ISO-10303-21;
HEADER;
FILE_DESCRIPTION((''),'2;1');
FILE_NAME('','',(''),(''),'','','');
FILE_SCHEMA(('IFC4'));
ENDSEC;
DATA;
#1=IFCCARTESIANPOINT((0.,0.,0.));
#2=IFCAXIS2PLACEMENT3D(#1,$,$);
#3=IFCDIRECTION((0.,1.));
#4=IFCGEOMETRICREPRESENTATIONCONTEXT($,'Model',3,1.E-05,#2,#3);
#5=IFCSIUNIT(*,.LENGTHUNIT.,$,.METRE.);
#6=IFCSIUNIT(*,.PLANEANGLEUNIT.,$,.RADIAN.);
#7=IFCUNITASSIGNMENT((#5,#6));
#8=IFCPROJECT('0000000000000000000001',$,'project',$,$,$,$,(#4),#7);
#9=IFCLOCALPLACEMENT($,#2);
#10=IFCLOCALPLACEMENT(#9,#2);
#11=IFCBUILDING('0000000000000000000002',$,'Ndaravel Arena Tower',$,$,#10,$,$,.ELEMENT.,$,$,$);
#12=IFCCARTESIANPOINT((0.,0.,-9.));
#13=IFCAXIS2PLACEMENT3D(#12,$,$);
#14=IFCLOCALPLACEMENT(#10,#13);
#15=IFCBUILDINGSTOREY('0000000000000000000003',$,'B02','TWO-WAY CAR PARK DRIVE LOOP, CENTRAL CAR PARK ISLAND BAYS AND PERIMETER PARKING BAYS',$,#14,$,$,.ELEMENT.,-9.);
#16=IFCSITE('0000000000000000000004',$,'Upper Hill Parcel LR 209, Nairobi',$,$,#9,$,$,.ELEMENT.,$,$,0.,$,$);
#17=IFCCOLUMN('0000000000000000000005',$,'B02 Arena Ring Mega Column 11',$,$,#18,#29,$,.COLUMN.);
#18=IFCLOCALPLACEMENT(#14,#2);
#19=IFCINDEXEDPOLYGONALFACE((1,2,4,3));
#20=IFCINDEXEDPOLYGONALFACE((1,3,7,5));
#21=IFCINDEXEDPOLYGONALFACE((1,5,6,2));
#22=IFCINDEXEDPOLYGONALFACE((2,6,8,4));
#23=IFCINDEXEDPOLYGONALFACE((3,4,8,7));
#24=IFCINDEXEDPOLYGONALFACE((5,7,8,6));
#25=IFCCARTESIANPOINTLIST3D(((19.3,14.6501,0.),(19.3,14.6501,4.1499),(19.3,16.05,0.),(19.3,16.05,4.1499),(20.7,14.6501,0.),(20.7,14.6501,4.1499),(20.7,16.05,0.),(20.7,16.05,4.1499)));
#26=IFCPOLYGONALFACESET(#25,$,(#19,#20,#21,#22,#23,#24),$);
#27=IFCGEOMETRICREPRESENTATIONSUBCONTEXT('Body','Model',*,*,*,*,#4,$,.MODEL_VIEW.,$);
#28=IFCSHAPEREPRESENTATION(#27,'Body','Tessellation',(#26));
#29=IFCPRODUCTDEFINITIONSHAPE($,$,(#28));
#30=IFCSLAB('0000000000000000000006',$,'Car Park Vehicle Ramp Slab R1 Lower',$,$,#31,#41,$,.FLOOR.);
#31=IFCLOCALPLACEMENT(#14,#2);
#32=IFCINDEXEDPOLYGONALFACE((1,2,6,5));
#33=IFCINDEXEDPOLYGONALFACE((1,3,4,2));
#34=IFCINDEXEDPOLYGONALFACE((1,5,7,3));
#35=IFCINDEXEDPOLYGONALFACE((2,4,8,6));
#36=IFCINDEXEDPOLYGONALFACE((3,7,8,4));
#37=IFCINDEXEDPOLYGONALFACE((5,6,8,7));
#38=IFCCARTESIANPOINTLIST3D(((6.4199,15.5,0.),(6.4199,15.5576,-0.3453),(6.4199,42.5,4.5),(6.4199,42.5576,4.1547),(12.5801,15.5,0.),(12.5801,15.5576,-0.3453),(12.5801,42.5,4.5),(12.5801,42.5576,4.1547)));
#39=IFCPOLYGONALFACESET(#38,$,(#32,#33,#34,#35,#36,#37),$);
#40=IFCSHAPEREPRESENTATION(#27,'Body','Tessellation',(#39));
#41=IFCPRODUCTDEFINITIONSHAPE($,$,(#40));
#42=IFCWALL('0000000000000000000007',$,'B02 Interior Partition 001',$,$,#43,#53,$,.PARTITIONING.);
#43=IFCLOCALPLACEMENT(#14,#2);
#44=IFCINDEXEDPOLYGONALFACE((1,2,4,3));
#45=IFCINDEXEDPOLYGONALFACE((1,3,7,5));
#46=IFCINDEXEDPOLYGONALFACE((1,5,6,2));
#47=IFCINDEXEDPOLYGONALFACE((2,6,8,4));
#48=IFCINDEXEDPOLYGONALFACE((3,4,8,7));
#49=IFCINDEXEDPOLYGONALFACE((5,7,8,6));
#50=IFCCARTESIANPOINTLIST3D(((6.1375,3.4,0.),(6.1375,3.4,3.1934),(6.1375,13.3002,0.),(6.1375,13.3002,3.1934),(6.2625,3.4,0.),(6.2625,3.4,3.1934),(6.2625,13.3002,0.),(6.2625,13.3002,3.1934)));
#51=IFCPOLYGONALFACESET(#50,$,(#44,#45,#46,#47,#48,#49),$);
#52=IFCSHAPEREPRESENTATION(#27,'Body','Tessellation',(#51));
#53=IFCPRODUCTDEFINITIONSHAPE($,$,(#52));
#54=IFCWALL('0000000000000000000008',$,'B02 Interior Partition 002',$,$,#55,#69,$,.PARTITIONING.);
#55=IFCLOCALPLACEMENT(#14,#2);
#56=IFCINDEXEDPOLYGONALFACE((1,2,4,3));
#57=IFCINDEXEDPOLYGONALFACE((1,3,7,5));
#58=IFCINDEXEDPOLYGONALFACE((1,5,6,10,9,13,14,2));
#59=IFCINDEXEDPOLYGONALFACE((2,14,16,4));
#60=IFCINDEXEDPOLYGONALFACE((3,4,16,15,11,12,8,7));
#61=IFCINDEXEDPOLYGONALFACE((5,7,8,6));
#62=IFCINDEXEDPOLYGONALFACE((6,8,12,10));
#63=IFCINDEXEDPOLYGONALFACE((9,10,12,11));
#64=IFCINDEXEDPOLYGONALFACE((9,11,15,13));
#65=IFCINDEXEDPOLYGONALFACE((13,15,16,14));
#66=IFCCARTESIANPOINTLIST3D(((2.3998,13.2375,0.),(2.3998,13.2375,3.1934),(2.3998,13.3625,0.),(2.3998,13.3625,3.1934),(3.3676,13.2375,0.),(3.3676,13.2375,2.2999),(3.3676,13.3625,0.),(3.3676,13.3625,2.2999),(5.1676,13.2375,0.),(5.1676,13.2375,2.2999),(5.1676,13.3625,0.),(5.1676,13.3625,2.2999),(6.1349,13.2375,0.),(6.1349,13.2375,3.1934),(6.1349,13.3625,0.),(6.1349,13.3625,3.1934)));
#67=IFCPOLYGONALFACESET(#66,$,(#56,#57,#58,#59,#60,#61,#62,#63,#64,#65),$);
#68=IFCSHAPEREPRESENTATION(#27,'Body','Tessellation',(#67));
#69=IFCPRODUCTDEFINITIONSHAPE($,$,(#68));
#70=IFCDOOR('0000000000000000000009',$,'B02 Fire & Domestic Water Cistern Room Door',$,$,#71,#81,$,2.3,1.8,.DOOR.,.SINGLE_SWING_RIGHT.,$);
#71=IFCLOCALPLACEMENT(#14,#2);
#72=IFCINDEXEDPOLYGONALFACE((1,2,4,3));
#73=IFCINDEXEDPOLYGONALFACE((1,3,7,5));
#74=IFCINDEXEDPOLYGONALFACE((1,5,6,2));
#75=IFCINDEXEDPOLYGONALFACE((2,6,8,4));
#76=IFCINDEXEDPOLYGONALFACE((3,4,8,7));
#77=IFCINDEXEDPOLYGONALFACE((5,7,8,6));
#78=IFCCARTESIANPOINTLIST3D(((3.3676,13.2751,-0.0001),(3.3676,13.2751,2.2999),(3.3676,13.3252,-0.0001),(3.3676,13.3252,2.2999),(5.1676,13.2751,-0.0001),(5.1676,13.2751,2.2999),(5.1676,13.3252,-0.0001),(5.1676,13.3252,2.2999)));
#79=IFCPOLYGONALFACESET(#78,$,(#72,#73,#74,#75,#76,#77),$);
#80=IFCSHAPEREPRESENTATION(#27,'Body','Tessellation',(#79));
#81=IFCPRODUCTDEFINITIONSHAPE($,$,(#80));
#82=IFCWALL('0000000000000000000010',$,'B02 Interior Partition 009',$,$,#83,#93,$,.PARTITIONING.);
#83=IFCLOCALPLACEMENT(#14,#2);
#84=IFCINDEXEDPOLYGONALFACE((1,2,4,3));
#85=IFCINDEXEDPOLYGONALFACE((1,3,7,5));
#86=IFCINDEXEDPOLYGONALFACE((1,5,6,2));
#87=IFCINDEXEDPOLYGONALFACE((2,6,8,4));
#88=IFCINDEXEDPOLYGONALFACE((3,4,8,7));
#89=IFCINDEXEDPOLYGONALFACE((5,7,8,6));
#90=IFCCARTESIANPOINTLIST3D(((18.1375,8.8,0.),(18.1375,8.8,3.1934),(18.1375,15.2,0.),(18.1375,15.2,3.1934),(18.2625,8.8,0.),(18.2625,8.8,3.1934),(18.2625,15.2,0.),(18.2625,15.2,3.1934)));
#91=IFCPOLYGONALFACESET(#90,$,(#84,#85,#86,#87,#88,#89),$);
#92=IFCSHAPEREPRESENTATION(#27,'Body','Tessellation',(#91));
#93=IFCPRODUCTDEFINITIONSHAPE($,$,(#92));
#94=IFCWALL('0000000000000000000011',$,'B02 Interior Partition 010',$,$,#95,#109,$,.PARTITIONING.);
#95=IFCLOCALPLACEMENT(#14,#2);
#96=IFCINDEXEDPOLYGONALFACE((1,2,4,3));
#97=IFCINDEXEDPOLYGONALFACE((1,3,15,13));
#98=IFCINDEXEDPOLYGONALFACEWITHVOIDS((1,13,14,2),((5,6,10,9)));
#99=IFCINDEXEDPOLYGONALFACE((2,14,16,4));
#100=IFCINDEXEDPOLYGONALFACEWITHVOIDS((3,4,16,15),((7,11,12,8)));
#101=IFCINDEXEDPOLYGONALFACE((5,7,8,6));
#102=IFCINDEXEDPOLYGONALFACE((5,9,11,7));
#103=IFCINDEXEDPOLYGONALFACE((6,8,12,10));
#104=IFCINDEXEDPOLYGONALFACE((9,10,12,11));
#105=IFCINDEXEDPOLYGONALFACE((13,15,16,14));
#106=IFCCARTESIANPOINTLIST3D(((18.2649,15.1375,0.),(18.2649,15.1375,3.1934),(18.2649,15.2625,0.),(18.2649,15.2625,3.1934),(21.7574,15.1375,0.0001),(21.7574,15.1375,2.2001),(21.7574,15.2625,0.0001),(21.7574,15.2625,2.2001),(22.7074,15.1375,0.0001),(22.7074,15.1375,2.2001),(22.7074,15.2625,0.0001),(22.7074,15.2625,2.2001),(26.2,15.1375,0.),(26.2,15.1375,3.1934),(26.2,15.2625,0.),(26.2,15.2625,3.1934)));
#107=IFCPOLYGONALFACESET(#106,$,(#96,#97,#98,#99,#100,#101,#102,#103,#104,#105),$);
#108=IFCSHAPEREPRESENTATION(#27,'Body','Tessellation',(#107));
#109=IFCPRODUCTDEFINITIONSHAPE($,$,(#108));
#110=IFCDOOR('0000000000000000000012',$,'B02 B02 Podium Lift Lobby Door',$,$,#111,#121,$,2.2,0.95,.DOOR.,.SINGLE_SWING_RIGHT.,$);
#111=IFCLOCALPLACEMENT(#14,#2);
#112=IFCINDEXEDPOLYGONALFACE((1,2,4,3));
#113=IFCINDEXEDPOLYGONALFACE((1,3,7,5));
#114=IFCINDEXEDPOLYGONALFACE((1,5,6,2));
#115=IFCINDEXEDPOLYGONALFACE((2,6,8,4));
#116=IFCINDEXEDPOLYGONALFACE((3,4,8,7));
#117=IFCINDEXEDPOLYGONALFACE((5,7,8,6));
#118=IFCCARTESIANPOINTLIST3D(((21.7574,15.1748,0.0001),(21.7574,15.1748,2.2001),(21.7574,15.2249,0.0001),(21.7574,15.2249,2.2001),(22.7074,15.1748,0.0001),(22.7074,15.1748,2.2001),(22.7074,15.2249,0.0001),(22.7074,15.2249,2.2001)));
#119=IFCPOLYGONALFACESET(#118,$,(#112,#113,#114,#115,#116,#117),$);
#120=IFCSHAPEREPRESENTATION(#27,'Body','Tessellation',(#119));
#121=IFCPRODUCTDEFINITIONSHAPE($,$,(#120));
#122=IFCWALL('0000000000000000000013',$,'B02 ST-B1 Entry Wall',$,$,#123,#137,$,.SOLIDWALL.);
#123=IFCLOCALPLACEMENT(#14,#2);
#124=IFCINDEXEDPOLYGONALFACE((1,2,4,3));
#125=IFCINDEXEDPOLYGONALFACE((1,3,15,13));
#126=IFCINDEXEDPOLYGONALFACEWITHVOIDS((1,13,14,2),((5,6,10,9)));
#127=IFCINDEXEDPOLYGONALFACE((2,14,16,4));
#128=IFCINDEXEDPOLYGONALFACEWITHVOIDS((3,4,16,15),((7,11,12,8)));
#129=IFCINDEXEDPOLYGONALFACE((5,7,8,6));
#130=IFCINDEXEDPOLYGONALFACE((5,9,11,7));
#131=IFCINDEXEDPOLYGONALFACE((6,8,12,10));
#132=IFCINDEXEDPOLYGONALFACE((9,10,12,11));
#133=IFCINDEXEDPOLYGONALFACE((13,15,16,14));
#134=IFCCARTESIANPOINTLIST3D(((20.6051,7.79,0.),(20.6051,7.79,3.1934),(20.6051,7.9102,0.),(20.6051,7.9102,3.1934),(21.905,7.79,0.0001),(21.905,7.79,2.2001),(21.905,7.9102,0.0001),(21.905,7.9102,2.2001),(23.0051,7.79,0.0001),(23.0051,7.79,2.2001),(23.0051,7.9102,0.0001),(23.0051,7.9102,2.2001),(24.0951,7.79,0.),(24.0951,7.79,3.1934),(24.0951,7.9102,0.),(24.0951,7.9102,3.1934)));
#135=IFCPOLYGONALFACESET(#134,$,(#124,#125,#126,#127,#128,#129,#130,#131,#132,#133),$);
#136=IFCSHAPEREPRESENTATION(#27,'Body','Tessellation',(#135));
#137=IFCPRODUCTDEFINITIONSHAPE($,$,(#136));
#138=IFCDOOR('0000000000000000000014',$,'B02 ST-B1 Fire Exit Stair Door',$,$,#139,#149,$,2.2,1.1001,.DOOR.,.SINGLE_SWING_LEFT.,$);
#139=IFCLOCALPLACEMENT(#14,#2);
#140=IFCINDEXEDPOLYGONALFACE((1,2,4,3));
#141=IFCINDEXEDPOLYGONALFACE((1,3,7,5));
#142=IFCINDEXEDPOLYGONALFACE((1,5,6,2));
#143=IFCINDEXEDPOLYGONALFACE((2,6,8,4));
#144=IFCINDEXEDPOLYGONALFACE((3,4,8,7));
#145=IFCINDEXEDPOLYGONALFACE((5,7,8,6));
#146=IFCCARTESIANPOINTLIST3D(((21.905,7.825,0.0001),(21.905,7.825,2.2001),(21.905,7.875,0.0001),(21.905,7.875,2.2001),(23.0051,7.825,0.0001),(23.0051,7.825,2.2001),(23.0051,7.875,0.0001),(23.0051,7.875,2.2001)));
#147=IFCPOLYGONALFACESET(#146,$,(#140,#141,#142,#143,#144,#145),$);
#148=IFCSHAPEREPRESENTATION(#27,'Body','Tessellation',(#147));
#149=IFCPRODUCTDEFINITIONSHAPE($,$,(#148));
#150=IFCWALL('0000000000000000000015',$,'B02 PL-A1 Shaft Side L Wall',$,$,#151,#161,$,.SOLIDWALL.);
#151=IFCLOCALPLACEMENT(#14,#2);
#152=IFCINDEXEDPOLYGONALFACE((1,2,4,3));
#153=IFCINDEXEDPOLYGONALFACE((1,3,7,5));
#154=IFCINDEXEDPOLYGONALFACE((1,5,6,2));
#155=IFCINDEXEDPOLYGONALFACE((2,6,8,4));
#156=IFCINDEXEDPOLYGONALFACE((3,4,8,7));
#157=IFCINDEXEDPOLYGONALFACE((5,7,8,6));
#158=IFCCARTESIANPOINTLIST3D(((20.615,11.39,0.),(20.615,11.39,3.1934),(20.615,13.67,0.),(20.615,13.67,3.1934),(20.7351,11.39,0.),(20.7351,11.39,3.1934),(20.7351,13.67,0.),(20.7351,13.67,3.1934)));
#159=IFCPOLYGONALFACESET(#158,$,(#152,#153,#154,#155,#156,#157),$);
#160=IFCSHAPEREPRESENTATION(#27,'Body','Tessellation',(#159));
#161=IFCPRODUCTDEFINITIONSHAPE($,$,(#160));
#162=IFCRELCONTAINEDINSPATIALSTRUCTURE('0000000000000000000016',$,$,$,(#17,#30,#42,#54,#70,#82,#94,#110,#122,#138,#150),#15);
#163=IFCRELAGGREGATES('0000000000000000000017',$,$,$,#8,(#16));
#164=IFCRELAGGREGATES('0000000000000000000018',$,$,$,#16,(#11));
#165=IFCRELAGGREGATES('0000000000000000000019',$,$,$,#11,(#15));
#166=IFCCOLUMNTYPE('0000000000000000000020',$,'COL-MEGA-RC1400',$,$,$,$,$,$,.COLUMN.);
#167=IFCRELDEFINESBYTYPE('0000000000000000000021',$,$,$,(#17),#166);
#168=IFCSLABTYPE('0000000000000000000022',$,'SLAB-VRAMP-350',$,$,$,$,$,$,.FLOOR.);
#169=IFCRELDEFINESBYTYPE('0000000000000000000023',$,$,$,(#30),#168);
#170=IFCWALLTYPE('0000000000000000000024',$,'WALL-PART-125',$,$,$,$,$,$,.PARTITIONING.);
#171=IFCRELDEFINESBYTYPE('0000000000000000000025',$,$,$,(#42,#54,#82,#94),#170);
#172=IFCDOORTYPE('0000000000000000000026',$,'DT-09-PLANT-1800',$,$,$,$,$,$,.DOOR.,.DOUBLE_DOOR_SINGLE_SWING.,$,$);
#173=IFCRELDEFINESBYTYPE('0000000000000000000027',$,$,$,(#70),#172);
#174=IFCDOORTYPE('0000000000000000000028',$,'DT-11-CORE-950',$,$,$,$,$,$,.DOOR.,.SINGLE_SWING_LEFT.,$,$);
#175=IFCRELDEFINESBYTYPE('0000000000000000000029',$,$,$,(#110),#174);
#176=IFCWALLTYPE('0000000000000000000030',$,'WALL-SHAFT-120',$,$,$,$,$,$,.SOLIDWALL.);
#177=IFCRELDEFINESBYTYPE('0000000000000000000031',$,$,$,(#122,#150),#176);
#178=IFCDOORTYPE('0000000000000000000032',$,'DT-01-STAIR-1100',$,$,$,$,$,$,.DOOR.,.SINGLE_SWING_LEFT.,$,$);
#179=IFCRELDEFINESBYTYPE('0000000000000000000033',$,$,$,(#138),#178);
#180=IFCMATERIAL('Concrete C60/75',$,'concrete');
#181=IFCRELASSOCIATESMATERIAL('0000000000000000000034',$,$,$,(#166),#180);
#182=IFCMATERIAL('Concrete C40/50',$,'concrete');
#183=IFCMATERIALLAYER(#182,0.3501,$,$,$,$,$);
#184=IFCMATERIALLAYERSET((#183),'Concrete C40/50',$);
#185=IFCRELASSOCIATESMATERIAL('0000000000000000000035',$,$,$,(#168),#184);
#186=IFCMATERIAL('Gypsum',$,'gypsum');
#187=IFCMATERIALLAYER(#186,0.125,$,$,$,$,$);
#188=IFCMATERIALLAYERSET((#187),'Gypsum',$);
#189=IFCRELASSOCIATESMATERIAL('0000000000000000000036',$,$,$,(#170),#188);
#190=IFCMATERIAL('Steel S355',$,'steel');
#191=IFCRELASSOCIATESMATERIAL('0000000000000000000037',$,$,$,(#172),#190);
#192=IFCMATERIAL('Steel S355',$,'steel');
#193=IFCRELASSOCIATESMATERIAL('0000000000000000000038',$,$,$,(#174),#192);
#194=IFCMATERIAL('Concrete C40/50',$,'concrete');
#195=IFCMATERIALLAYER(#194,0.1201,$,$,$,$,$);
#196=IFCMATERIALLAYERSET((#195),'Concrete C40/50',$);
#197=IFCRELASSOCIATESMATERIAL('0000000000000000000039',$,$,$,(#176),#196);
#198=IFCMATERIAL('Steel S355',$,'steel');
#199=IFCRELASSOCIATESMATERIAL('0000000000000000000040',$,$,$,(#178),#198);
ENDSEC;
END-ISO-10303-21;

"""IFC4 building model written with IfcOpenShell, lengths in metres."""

from ifc_helpers import new_model, si_unit, direction, frame, frame_2d, origin, origin_2d, place, context, subcontext, project, spatial, polyline, rectangle, outline, extrude, material, layer, layer_set, material_profile, profile_set, type_object, element, fill, save


model = new_model("IFC4")

# Units and contexts
model_context = context("Model", 3, precision=1e-05, world=origin(), true_north=direction((0.0, 1.0)))
body_context = subcontext(model_context, "Body", "Model", "MODEL_VIEW")
ifc_project = project(units=[si_unit("LENGTHUNIT", "METRE"), si_unit("PLANEANGLEUNIT", "RADIAN")], contexts=[model_context])

# Site, building, storey
site_placement = place(None, origin())
site = spatial("IfcSite", under=ifc_project, at=site_placement, Name="Upper Hill Parcel LR 209, Nairobi", CompositionType="ELEMENT", RefElevation=0.0)
building_placement = place(site_placement, origin())
building = spatial("IfcBuilding", under=site, at=building_placement, Name="Ndaravel Arena Tower", CompositionType="ELEMENT")
storey_placement = place(building_placement, frame((0.0, 0.0, -9.0)))
storey = spatial("IfcBuildingStorey", under=building, at=storey_placement, Name="B02", Description="TWO-WAY CAR PARK DRIVE LOOP, CENTRAL CAR PARK ISLAND BAYS AND PERIMETER PARKING BAYS", CompositionType="ELEMENT", Elevation=-9.0)

# Column
ifc_material_1 = material(Name="Concrete C60/75", Category="concrete")
ifc_material_profile_1 = material_profile(ifc_material_1, rectangle(XDim=1.3999, YDim=1.3999, at=origin_2d()), Name="RC 1400x1400")
ifc_profile_set_1 = profile_set([ifc_material_profile_1], Name="Concrete C60/75")
column_type_1 = type_object("IfcColumnType", Name="COL-MEGA-RC1400", PredefinedType="COLUMN", material=ifc_profile_set_1)
for number, where, z_axis, x_axis, name in (
    (1, (20.0, 15.3501, 0.0), (0.0, 0.0, 1.0), (1.0, 0.0, 0.0), "B02 Arena Ring Mega Column 11"),
):
    element("IfcColumn", number, at=place(storey_placement, frame(where, z_axis=z_axis, x_axis=x_axis)), inside=storey, type_object=column_type_1, Name=name, PredefinedType="COLUMN", context=body_context, shape_type="SweptSolid", body=[
        extrude(rectangle(XDim=1.3999, YDim=1.3999, at=origin_2d()), origin(), (0.0, 0.0, 1.0), 4.1499),
    ])

# Slab
ifc_material_2 = material(Name="Concrete C40/50", Category="concrete")
ifc_layer_1 = layer(ifc_material_2, 0.3501)
ifc_layer_set_1 = layer_set([ifc_layer_1], Name="Concrete C40/50")
slab_type = type_object("IfcSlabType", Name="SLAB-VRAMP-350", PredefinedType="FLOOR", material=ifc_layer_set_1)
slab_placement = place(storey_placement, frame((6.4199, 15.5, 0.0), z_axis=(0.0, -0.164399, 0.986394), x_axis=(1.0, 0.0, 0.0)))
element("IfcSlab", 2, at=slab_placement, inside=storey, type_object=slab_type, Name="Car Park Vehicle Ramp Slab R1 Lower", PredefinedType="FLOOR", context=body_context, shape_type="SweptSolid", body=[
    extrude(outline(polyline([(0.0, 0.0), (6.1602, 0.0), (6.1602, 27.3724), (0.0, 27.3724), (0.0, 0.0)])), origin(), (0.0, 0.0, -1.0), 0.3501),
])

# Wall
ifc_material_3 = material(Name="Gypsum", Category="gypsum")
ifc_layer_2 = layer(ifc_material_3, 0.125)
ifc_layer_set_2 = layer_set([ifc_layer_2], Name="Gypsum")
wall_type_1 = type_object("IfcWallType", Name="WALL-PART-125", PredefinedType="PARTITIONING", material=ifc_layer_set_2)
wall_1_placement = place(storey_placement, frame((6.2, 3.3999, 0.0), z_axis=(0.0, 0.0, 1.0), x_axis=(0.0, 1.0, 0.0)))
element("IfcWall", 3, at=wall_1_placement, inside=storey, type_object=wall_type_1, Name="B02 Interior Partition 001", PredefinedType="PARTITIONING", context=body_context, shape_type="SweptSolid", body=[
    extrude(rectangle(XDim=9.9001, YDim=0.125, at=frame_2d((4.9502, 0.0))), origin(), (0.0, 0.0, 1.0), 3.1934),
])

# Wall, opening, door
wall_2_placement = place(storey_placement, frame((6.135, 13.3, 0.0), z_axis=(0.0, 0.0, 1.0), x_axis=(-1.0, 0.0, 0.0)))
wall_2 = element("IfcWall", 4, at=wall_2_placement, inside=storey, type_object=wall_type_1, Name="B02 Interior Partition 002", PredefinedType="PARTITIONING", context=body_context, shape_type="SweptSolid", body=[
    extrude(rectangle(XDim=3.7351, YDim=0.125, at=frame_2d((1.8677, 0.0))), origin(), (0.0, 0.0, 1.0), 3.1934),
])
opening_1_placement = place(wall_2_placement, frame((0.9675, 0.0, 0.0)))
opening_1 = element("IfcOpeningElement", 5, at=opening_1_placement, cuts=wall_2, PredefinedType="OPENING", context=body_context, shape_type="SweptSolid", body=[
    extrude(rectangle(XDim=1.8, YDim=2.3, at=frame_2d((0.8999, 1.1499))), frame((0.0, 0.0625, 0.0), z_axis=(0.0, -1.0, 0.0), x_axis=(1.0, 0.0, 0.0)), (0.0, 0.0, 1.0), 0.125),
])
ifc_material_4 = material(Name="Steel S355", Category="steel")
door_type_1 = type_object("IfcDoorType", Name="DT-09-PLANT-1800", OperationType="DOUBLE_DOOR_SINGLE_SWING", PredefinedType="DOOR", material=ifc_material_4)
door_1_placement = place(opening_1_placement, origin())
door_1 = element("IfcDoor", 6, at=door_1_placement, inside=storey, type_object=door_type_1, Name="B02 Fire & Domestic Water Cistern Room Door", OperationType="SINGLE_SWING_RIGHT", OverallHeight=2.3, OverallWidth=1.8, PredefinedType="DOOR", context=body_context, shape_type="SweptSolid", body=[
    extrude(rectangle(XDim=1.8, YDim=2.3, at=frame_2d((0.8999, 1.1499))), frame((0.0, 0.0249, 0.0), z_axis=(0.0, -1.0, 0.0), x_axis=(1.0, 0.0, 0.0)), (0.0, 0.0, 1.0), 0.05),
])
fill(opening_1, door_1)

# Wall
wall_3_placement = place(storey_placement, frame((18.2, 8.8, 0.0), z_axis=(0.0, 0.0, 1.0), x_axis=(0.0, 1.0, 0.0)))
element("IfcWall", 7, at=wall_3_placement, inside=storey, type_object=wall_type_1, Name="B02 Interior Partition 009", PredefinedType="PARTITIONING", context=body_context, shape_type="SweptSolid", body=[
    extrude(rectangle(XDim=6.3999, YDim=0.125, at=frame_2d((3.2, 0.0))), origin(), (0.0, 0.0, 1.0), 3.1934),
])

# Walls, openings, doors
wall_4_placement = place(storey_placement, frame((18.2649, 15.2, 0.0), z_axis=(0.0, 0.0, 1.0), x_axis=(1.0, 0.0, 0.0)))
wall_4 = element("IfcWall", 8, at=wall_4_placement, inside=storey, type_object=wall_type_1, Name="B02 Interior Partition 010", PredefinedType="PARTITIONING", context=body_context, shape_type="SweptSolid", body=[
    extrude(rectangle(XDim=7.9351, YDim=0.125, at=frame_2d((3.9675, 0.0))), origin(), (0.0, 0.0, 1.0), 3.1934),
])
opening_2_placement = place(wall_4_placement, frame((3.4924, 0.0, 0.0)))
opening_2 = element("IfcOpeningElement", 9, at=opening_2_placement, cuts=wall_4, PredefinedType="OPENING", context=body_context, shape_type="SweptSolid", body=[
    extrude(rectangle(XDim=0.95, YDim=2.2, at=frame_2d((0.4751, 1.1001))), frame((0.0, 0.0625, 0.0), z_axis=(0.0, -1.0, 0.0), x_axis=(1.0, 0.0, 0.0)), (0.0, 0.0, 1.0), 0.125),
])
ifc_material_5 = material(Name="Steel S355", Category="steel")
door_type_2 = type_object("IfcDoorType", Name="DT-11-CORE-950", OperationType="SINGLE_SWING_LEFT", PredefinedType="DOOR", material=ifc_material_5)
door_2_placement = place(opening_2_placement, origin())
door_2 = element("IfcDoor", 10, at=door_2_placement, inside=storey, type_object=door_type_2, Name="B02 B02 Podium Lift Lobby Door", OperationType="SINGLE_SWING_RIGHT", OverallHeight=2.2, OverallWidth=0.95, PredefinedType="DOOR", context=body_context, shape_type="SweptSolid", body=[
    extrude(rectangle(XDim=0.95, YDim=2.2, at=frame_2d((0.4751, 1.1001))), frame((0.0, 0.0249, 0.0), z_axis=(0.0, -1.0, 0.0), x_axis=(1.0, 0.0, 0.0)), (0.0, 0.0, 1.0), 0.05),
])
fill(opening_2, door_2)
ifc_material_6 = material(Name="Concrete C40/50", Category="concrete")
ifc_layer_3 = layer(ifc_material_6, 0.1201)
ifc_layer_set_3 = layer_set([ifc_layer_3], Name="Concrete C40/50")
wall_type_2 = type_object("IfcWallType", Name="WALL-SHAFT-120", PredefinedType="SOLIDWALL", material=ifc_layer_set_3)
wall_5_placement = place(storey_placement, frame((20.605, 7.8501, 0.0), z_axis=(0.0, 0.0, 1.0), x_axis=(1.0, 0.0, 0.0)))
wall_5 = element("IfcWall", 11, at=wall_5_placement, inside=storey, type_object=wall_type_2, Name="B02 ST-B1 Entry Wall", PredefinedType="SOLIDWALL", context=body_context, shape_type="SweptSolid", body=[
    extrude(rectangle(XDim=3.49, YDim=0.1201, at=frame_2d((1.7451, 0.0))), origin(), (0.0, 0.0, 1.0), 3.1934),
])
opening_3_placement = place(wall_5_placement, frame((1.3, 0.0, 0.0)))
opening_3 = element("IfcOpeningElement", 12, at=opening_3_placement, cuts=wall_5, PredefinedType="OPENING", context=body_context, shape_type="SweptSolid", body=[
    extrude(rectangle(XDim=1.1001, YDim=2.2, at=frame_2d((0.55, 1.1001))), frame((0.0, 0.0601, 0.0), z_axis=(0.0, -1.0, 0.0), x_axis=(1.0, 0.0, 0.0)), (0.0, 0.0, 1.0), 0.1201),
])
ifc_material_7 = material(Name="Steel S355", Category="steel")
door_type_3 = type_object("IfcDoorType", Name="DT-01-STAIR-1100", OperationType="SINGLE_SWING_LEFT", PredefinedType="DOOR", material=ifc_material_7)
door_3_placement = place(opening_3_placement, origin())
door_3 = element("IfcDoor", 13, at=door_3_placement, inside=storey, type_object=door_type_3, Name="B02 ST-B1 Fire Exit Stair Door", OperationType="SINGLE_SWING_LEFT", OverallHeight=2.2, OverallWidth=1.1001, PredefinedType="DOOR", context=body_context, shape_type="SweptSolid", body=[
    extrude(rectangle(XDim=1.1001, YDim=2.2, at=frame_2d((0.55, 1.1001))), frame((0.0, 0.0249, 0.0), z_axis=(0.0, -1.0, 0.0), x_axis=(1.0, 0.0, 0.0)), (0.0, 0.0, 1.0), 0.05),
])
fill(opening_3, door_3)

# Wall
wall_6_placement = place(storey_placement, frame((20.675, 11.3899, 0.0), z_axis=(0.0, 0.0, 1.0), x_axis=(0.0, 1.0, 0.0)))
element("IfcWall", 14, at=wall_6_placement, inside=storey, type_object=wall_type_2, Name="B02 PL-A1 Shaft Side L Wall", PredefinedType="SOLIDWALL", context=body_context, shape_type="SweptSolid", body=[
    extrude(rectangle(XDim=2.28, YDim=0.1201, at=frame_2d((1.1401, 0.0))), origin(), (0.0, 0.0, 1.0), 3.1934),
])

save(model, "model.ifc")
